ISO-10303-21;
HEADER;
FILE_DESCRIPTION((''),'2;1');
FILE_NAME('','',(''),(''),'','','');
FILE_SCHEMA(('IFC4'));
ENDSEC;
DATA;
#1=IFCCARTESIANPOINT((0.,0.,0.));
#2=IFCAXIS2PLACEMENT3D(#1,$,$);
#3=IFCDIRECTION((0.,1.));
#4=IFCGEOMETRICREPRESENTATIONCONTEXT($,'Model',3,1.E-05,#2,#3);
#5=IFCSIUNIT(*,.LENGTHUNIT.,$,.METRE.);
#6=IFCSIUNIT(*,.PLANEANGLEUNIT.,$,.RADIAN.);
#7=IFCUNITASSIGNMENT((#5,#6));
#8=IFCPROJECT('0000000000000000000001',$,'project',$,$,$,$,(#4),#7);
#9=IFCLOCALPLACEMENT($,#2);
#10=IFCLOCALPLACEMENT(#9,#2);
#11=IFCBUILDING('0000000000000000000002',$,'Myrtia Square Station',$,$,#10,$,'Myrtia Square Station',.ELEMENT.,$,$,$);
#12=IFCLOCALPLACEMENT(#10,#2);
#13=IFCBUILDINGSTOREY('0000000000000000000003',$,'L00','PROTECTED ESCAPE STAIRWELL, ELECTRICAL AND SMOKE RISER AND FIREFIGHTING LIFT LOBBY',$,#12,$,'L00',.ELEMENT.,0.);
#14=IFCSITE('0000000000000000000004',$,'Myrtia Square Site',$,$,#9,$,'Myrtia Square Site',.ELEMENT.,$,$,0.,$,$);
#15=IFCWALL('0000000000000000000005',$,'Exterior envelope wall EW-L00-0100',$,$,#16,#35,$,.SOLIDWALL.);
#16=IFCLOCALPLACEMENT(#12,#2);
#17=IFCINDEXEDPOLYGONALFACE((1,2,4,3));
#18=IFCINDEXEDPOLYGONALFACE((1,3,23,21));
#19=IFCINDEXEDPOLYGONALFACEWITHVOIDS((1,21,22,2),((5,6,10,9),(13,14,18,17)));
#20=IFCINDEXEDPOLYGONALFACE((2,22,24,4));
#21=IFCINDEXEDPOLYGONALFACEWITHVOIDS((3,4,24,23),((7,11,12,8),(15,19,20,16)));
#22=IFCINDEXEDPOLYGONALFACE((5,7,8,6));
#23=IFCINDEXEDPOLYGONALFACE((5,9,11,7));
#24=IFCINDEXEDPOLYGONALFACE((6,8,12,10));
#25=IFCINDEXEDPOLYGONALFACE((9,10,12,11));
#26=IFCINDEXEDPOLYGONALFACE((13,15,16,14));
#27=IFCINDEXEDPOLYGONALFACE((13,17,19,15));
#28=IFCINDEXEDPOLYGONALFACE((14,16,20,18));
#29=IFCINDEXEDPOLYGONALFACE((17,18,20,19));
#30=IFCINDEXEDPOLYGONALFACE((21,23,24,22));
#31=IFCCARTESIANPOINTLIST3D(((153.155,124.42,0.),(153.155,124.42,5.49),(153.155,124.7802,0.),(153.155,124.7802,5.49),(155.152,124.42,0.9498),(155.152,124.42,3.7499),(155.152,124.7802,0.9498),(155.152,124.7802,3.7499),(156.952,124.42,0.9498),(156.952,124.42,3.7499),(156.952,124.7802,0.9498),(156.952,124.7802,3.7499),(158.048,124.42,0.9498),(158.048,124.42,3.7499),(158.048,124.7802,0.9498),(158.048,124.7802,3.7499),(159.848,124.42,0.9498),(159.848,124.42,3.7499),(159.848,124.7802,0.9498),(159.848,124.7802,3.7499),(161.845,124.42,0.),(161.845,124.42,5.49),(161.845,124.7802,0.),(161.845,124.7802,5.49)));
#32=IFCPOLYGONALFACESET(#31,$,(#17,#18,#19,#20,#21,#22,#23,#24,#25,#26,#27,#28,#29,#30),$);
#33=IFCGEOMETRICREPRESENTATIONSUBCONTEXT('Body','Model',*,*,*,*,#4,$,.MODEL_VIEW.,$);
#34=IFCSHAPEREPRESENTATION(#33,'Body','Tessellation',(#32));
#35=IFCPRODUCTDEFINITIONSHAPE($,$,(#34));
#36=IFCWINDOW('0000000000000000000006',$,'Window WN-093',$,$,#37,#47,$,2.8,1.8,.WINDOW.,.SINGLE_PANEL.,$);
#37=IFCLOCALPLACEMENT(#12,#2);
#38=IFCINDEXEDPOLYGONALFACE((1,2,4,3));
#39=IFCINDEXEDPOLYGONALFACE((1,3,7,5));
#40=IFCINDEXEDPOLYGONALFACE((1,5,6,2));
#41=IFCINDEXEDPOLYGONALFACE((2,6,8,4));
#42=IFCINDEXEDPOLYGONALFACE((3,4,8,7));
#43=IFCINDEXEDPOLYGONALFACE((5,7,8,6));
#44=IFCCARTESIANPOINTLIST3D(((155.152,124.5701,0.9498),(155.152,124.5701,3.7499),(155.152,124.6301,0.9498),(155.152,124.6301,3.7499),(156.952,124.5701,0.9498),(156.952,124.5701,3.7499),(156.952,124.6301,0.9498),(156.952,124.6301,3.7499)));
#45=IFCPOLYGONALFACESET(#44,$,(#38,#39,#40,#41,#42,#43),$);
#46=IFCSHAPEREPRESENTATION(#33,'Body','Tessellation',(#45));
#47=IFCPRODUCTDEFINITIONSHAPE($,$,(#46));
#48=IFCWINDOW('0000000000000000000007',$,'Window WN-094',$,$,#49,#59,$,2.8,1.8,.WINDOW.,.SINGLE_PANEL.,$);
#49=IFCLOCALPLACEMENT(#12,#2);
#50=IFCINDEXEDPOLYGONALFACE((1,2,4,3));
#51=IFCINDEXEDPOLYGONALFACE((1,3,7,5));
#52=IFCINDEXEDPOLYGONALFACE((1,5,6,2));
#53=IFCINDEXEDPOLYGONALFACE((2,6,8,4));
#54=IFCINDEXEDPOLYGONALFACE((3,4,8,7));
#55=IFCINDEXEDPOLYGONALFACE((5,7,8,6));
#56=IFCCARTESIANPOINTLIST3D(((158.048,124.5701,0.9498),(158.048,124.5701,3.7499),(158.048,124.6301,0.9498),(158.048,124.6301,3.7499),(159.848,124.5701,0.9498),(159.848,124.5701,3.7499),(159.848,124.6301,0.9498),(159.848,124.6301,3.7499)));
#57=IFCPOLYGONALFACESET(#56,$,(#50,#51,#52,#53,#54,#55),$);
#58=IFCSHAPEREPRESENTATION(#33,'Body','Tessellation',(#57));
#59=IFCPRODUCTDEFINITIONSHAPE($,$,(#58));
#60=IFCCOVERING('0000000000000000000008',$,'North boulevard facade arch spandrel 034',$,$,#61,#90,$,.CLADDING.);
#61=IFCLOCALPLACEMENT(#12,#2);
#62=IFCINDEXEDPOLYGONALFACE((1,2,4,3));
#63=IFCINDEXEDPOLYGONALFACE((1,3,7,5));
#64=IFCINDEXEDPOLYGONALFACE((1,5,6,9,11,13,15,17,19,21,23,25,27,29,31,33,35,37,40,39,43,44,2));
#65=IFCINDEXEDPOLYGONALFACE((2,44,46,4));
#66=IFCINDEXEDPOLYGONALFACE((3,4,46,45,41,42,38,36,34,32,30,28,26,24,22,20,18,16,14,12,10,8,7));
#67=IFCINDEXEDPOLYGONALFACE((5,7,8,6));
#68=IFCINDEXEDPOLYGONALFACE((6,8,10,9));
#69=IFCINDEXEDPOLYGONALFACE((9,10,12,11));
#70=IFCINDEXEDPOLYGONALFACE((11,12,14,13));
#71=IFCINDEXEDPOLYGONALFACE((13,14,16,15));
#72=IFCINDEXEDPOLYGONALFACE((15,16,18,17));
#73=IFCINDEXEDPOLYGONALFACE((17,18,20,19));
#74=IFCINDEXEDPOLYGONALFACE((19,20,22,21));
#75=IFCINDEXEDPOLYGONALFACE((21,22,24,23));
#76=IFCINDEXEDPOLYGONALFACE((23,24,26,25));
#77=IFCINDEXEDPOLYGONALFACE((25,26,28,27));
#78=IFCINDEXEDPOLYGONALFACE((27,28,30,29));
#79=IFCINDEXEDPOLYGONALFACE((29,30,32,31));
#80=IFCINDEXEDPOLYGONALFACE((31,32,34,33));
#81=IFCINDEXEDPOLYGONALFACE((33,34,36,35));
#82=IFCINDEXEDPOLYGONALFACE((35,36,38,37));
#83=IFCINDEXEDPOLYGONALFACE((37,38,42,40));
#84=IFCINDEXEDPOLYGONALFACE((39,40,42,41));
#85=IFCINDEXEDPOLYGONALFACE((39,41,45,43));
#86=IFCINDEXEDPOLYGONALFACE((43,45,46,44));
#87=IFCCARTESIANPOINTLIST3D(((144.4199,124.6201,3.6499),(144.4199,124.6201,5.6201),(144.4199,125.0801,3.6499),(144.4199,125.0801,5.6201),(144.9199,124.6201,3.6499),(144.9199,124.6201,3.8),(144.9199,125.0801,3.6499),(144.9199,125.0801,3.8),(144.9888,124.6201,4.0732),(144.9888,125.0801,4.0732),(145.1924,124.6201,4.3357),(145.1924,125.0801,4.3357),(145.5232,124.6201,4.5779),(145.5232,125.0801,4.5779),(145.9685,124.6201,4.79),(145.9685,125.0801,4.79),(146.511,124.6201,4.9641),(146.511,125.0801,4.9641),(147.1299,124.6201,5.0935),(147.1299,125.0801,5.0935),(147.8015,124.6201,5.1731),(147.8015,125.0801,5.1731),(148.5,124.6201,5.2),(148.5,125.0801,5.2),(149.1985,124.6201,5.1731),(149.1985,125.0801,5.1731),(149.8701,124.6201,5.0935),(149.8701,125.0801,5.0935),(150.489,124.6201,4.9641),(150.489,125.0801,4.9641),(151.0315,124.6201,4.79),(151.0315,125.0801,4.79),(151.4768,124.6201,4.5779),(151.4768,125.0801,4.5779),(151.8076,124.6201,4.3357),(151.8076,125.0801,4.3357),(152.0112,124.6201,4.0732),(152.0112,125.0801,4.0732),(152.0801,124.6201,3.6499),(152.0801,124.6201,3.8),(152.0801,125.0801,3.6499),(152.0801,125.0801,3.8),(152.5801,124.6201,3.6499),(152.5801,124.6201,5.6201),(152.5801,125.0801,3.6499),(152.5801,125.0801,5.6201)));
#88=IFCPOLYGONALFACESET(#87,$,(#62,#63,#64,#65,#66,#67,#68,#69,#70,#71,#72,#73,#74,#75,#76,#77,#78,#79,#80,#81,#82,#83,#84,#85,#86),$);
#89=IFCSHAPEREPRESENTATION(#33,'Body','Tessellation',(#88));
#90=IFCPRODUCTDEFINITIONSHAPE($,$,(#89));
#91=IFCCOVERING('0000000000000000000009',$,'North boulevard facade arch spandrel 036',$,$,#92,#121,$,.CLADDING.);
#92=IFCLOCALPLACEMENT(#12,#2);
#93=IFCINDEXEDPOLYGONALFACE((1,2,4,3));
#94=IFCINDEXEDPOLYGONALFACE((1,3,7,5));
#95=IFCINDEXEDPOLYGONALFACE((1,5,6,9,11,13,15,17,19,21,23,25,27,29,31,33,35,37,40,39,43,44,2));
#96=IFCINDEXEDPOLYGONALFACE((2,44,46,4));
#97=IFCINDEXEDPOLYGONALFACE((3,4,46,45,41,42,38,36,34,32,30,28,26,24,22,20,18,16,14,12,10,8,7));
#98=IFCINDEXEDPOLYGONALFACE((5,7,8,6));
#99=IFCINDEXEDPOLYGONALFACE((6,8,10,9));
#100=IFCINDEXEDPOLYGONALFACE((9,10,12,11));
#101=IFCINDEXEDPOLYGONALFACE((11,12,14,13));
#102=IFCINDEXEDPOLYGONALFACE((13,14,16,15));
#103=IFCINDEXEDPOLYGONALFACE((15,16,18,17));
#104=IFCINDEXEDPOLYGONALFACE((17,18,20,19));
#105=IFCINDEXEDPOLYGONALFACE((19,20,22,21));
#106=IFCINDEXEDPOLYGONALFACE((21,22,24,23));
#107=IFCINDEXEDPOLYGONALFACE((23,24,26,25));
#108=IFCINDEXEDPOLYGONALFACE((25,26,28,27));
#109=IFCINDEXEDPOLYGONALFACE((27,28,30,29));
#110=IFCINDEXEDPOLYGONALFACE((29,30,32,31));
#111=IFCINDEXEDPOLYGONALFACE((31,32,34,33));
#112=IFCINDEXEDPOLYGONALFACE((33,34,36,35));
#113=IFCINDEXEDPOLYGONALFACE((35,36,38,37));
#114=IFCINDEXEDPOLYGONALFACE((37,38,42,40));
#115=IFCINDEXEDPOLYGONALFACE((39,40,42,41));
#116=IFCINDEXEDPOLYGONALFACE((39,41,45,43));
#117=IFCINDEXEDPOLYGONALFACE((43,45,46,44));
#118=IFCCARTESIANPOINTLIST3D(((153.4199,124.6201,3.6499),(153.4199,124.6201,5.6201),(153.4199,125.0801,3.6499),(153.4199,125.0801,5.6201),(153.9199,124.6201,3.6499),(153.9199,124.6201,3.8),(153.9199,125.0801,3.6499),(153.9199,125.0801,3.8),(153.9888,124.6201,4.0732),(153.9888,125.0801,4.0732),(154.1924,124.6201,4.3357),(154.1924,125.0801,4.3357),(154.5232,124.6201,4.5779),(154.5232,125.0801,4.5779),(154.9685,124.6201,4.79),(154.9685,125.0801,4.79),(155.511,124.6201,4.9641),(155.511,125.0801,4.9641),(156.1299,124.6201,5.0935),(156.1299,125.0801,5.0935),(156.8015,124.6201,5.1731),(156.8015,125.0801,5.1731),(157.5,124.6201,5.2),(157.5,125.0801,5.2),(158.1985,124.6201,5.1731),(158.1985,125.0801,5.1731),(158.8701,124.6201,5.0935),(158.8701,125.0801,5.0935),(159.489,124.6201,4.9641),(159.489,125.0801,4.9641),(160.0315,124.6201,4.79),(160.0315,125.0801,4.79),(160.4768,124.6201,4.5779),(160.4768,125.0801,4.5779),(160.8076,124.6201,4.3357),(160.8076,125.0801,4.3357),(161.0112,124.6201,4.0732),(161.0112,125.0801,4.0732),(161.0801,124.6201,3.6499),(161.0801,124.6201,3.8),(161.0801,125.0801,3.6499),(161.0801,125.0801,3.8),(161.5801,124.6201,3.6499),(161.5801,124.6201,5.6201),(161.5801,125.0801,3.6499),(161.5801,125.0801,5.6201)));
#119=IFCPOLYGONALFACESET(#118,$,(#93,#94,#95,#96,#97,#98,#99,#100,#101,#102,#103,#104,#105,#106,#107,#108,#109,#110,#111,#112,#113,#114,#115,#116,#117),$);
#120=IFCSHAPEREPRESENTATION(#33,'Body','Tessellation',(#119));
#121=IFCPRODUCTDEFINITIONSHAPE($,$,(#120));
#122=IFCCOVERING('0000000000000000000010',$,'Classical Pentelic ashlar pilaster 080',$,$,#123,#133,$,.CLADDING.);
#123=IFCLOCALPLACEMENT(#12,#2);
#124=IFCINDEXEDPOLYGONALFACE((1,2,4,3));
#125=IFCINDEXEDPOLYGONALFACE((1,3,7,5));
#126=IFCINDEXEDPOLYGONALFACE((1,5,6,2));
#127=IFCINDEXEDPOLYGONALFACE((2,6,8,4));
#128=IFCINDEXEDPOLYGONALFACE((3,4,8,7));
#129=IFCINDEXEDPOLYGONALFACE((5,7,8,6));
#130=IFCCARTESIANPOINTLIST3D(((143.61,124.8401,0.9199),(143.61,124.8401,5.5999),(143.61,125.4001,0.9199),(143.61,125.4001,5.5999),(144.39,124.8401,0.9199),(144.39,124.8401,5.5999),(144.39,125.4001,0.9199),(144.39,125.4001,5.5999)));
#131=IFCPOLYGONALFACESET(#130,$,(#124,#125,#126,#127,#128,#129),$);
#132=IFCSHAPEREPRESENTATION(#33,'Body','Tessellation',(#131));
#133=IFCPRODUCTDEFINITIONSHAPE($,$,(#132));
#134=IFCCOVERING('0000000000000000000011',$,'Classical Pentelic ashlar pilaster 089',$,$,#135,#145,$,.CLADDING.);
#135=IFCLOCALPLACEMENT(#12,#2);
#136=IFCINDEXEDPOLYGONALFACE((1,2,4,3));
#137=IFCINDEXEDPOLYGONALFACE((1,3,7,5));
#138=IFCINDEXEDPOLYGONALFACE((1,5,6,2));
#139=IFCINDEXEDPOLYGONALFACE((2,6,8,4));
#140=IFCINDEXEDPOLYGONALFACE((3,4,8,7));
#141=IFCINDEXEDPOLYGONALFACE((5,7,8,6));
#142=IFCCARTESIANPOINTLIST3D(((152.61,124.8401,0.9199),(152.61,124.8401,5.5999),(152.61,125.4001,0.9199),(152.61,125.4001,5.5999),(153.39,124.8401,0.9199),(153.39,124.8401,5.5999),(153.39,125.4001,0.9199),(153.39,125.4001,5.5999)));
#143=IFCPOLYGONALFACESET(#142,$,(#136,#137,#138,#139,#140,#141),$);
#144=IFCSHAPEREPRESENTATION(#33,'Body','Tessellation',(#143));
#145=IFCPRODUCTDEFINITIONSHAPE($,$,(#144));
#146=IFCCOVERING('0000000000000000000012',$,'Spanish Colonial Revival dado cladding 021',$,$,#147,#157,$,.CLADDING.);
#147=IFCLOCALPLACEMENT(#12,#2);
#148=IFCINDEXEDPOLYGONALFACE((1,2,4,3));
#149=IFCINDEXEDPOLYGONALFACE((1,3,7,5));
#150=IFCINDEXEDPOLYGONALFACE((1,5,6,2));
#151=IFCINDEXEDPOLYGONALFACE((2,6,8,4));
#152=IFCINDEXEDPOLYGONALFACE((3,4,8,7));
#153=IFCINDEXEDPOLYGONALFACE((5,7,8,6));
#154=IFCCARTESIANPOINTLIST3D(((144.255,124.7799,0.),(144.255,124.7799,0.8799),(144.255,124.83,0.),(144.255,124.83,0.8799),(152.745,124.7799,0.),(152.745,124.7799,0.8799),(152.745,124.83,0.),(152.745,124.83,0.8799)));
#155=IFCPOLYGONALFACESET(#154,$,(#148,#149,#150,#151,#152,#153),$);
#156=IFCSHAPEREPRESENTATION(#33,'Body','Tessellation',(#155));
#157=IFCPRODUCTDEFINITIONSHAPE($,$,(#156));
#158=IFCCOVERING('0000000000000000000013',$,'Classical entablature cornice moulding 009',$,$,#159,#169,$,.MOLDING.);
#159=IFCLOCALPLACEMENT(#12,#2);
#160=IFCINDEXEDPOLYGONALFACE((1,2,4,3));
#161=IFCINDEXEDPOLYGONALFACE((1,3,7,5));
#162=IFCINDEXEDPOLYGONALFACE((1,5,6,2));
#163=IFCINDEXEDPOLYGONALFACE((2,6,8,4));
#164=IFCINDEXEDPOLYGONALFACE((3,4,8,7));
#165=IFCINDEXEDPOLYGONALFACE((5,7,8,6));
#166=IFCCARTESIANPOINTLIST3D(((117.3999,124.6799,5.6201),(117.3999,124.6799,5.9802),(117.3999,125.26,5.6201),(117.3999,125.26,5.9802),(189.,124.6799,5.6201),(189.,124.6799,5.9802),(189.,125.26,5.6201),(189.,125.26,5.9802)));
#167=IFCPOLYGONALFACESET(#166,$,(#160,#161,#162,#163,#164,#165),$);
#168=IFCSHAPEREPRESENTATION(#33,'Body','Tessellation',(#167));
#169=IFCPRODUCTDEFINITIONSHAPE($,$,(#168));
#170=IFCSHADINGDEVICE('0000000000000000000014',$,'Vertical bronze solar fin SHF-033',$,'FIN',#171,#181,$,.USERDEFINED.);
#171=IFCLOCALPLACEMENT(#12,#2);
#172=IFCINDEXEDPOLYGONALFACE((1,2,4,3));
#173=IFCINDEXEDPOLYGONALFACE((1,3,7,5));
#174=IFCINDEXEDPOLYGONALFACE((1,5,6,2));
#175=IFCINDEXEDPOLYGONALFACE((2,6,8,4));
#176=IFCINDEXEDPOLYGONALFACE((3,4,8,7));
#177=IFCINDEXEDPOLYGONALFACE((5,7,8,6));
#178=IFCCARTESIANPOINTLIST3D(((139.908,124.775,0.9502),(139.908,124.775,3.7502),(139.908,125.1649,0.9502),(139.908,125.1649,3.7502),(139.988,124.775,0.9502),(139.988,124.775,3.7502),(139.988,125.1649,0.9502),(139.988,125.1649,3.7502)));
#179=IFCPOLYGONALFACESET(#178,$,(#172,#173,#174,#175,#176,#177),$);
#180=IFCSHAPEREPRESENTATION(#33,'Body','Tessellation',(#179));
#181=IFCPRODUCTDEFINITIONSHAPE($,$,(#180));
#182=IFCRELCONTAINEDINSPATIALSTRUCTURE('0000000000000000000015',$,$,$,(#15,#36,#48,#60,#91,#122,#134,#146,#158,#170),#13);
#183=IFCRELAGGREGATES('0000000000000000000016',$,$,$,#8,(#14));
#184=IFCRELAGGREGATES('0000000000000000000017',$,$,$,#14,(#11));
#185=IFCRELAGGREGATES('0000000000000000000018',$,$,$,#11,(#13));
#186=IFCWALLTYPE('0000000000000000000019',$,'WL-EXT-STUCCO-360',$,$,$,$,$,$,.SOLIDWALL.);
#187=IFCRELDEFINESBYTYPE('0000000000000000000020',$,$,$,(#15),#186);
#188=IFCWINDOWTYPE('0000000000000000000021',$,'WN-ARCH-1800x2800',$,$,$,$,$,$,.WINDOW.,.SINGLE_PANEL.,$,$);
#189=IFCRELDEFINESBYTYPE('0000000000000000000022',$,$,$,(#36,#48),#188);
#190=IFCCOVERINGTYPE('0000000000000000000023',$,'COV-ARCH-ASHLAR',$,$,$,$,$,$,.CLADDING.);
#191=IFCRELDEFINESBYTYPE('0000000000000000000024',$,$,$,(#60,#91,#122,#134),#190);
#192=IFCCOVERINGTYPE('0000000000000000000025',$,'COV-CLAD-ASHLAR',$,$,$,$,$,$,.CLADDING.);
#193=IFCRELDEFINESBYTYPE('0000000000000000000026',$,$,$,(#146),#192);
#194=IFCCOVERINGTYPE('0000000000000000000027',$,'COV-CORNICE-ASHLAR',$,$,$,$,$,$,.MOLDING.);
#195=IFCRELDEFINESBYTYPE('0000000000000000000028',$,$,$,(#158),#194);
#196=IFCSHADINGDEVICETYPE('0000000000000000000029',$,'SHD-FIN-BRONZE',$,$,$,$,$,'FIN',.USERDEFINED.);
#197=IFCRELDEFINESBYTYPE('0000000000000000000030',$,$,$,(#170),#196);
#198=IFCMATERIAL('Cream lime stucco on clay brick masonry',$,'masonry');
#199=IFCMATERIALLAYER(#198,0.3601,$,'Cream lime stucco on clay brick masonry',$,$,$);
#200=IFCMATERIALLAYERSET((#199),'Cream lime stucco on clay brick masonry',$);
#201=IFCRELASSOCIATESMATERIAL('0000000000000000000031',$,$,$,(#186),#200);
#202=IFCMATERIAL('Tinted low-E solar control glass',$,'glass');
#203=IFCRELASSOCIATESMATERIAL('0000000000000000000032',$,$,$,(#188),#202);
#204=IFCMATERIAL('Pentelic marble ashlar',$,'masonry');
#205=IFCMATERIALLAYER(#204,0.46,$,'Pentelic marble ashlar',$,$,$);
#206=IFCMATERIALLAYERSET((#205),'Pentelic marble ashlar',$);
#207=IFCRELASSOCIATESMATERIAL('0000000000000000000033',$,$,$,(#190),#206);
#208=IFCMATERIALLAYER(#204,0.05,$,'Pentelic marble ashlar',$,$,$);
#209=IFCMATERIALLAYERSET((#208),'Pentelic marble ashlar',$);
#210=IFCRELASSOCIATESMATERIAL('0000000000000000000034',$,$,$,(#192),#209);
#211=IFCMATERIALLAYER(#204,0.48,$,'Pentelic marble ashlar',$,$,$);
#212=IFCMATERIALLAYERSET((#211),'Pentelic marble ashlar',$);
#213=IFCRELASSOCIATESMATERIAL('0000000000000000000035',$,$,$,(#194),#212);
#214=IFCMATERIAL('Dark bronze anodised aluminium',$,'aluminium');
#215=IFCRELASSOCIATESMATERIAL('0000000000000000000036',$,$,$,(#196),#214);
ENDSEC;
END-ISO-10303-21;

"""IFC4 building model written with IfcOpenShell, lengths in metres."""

from ifc_helpers import new_model, si_unit, direction, frame, frame_2d, origin, origin_2d, place, context, subcontext, project, spatial, polyline, rectangle, outline, extrude, material, layer, layer_set, type_object, element, fill, save


model = new_model("IFC4")

# Units and contexts
model_context = context("Model", 3, precision=1e-05, world=origin(), true_north=direction((0.0, 1.0)))
body_context = subcontext(model_context, "Body", "Model", "MODEL_VIEW")
ifc_project = project(units=[si_unit("LENGTHUNIT", "METRE"), si_unit("PLANEANGLEUNIT", "RADIAN")], contexts=[model_context])

# Site, building, storey
site_placement = place(None, origin())
site = spatial("IfcSite", under=ifc_project, at=site_placement, Name="Myrtia Square Site", LongName="Myrtia Square Site", CompositionType="ELEMENT", RefElevation=0.0)
building_placement = place(site_placement, origin())
building = spatial("IfcBuilding", under=site, at=building_placement, Name="Myrtia Square Station", LongName="Myrtia Square Station", CompositionType="ELEMENT")
storey_placement = place(building_placement, origin())
storey = spatial("IfcBuildingStorey", under=building, at=storey_placement, Name="L00", Description="PROTECTED ESCAPE STAIRWELL, ELECTRICAL AND SMOKE RISER AND FIREFIGHTING LIFT LOBBY", LongName="L00", CompositionType="ELEMENT", Elevation=0.0)

# Wall, openings, windows
ifc_material_1 = material(Name="Cream lime stucco on clay brick masonry", Category="masonry")
ifc_layer_1 = layer(ifc_material_1, 0.3601, Name="Cream lime stucco on clay brick masonry")
ifc_layer_set_1 = layer_set([ifc_layer_1], Name="Cream lime stucco on clay brick masonry")
wall_type = type_object("IfcWallType", Name="WL-EXT-STUCCO-360", PredefinedType="SOLIDWALL", material=ifc_layer_set_1)
ifc_material_2 = material(Name="Tinted low-E solar control glass", Category="glass")
window_type = type_object("IfcWindowType", Name="WN-ARCH-1800x2800", PartitioningType="SINGLE_PANEL", PredefinedType="WINDOW", material=ifc_material_2)
wall_1_placement = place(storey_placement, frame((153.155, 124.6001, 0.0), z_axis=(0.0, 0.0, 1.0), x_axis=(1.0, 0.0, 0.0)))
wall_1 = element("IfcWall", 1, at=wall_1_placement, inside=storey, type_object=wall_type, Name="Exterior envelope wall EW-L00-0100", PredefinedType="SOLIDWALL", context=body_context, shape_type="SweptSolid", body=[
    extrude(rectangle(XDim=8.6899, YDim=0.3601, at=frame_2d((4.345, 0.0))), origin(), (0.0, 0.0, 1.0), 5.49),
])
opening_1_placement = place(wall_1_placement, frame((1.9971, 0.0, 0.95)))
opening_1 = element("IfcOpeningElement", 2, at=opening_1_placement, cuts=wall_1, PredefinedType="OPENING", context=body_context, shape_type="SweptSolid", body=[
    extrude(rectangle(XDim=1.8, YDim=2.8, at=frame_2d((0.8999, 1.3999))), frame((0.0, 0.1951, 0.0), z_axis=(0.0, -1.0, 0.0), x_axis=(1.0, 0.0, 0.0)), (0.0, 0.0, 1.0), 0.3901),
])
opening_2_placement = place(wall_1_placement, frame((4.8931, 0.0, 0.95)))
opening_2 = element("IfcOpeningElement", 3, at=opening_2_placement, cuts=wall_1, PredefinedType="OPENING", context=body_context, shape_type="SweptSolid", body=[
    extrude(rectangle(XDim=1.8, YDim=2.8, at=frame_2d((0.8999, 1.3999))), frame((0.0, 0.1951, 0.0), z_axis=(0.0, -1.0, 0.0), x_axis=(1.0, 0.0, 0.0)), (0.0, 0.0, 1.0), 0.3901),
])
window_1_placement = place(opening_1_placement, origin())
window_1 = element("IfcWindow", 4, at=window_1_placement, inside=storey, type_object=window_type, Name="Window WN-093", OverallHeight=2.8, OverallWidth=1.8, PartitioningType="SINGLE_PANEL", PredefinedType="WINDOW", context=body_context, shape_type="SweptSolid", body=[
    extrude(rectangle(XDim=1.8, YDim=2.8, at=frame_2d((0.8999, 1.3999))), frame((0.0, 0.03, 0.0), z_axis=(0.0, -1.0, 0.0), x_axis=(1.0, 0.0, 0.0)), (0.0, 0.0, 1.0), 0.0601),
])
fill(opening_1, window_1)
window_2_placement = place(opening_2_placement, origin())
window_2 = element("IfcWindow", 5, at=window_2_placement, inside=storey, type_object=window_type, Name="Window WN-094", OverallHeight=2.8, OverallWidth=1.8, PartitioningType="SINGLE_PANEL", PredefinedType="WINDOW", context=body_context, shape_type="SweptSolid", body=[
    extrude(rectangle(XDim=1.8, YDim=2.8, at=frame_2d((0.8999, 1.3999))), frame((0.0, 0.03, 0.0), z_axis=(0.0, -1.0, 0.0), x_axis=(1.0, 0.0, 0.0)), (0.0, 0.0, 1.0), 0.0601),
])
fill(opening_2, window_2)

# Coverings
ifc_material_3 = material(Name="Pentelic marble ashlar", Category="masonry")
ifc_layer_2 = layer(ifc_material_3, 0.46, Name="Pentelic marble ashlar")
ifc_layer_set_2 = layer_set([ifc_layer_2], Name="Pentelic marble ashlar")
covering_type_1 = type_object("IfcCoveringType", Name="COV-ARCH-ASHLAR", PredefinedType="CLADDING", material=ifc_layer_set_2)
for number, where, z_axis, x_axis, name in (
    (6, (144.4199, 124.8501, 3.6499), (0.0, 0.0, 1.0), (1.0, 0.0, 0.0), "North boulevard facade arch spandrel 034"),
    (7, (153.4199, 124.8501, 3.6499), (0.0, 0.0, 1.0), (1.0, 0.0, 0.0), "North boulevard facade arch spandrel 036"),
):
    element("IfcCovering", number, at=place(storey_placement, frame(where, z_axis=z_axis, x_axis=x_axis)), inside=storey, type_object=covering_type_1, Name=name, PredefinedType="CLADDING", context=body_context, shape_type="SweptSolid", body=[
        extrude(outline(polyline([(0.0, 0.0), (0.5, 0.0), (0.5, 0.1501), (0.5688, 0.4233), (0.7725, 0.6858), (1.1033, 0.928), (1.5486, 1.1401), (2.0911, 1.3142), (2.71, 1.4436), (3.3816, 1.5232), (4.0801, 1.55), (4.7786, 1.5232), (5.4502, 1.4436), (6.0691, 1.3142), (6.6116, 1.1401), (7.0569, 0.928), (7.3877, 0.6858), (7.5913, 0.4233), (7.6602, 0.1501), (7.6602, 0.0), (8.1602, 0.0), (8.1602, 1.9702), (0.0, 1.9702), (0.0, 0.0)])), frame((0.0, 0.23, 0.0), z_axis=(0.0, -1.0, 0.0), x_axis=(1.0, 0.0, 0.0)), (0.0, 0.0, 1.0), 0.46),
    ])
for number, where, z_axis, x_axis, name in (
    (8, (144.0, 125.1201, 0.9199), (0.0, 0.0, 1.0), (1.0, 0.0, 0.0), "Classical Pentelic ashlar pilaster 080"),
    (9, (153.0, 125.1201, 0.9199), (0.0, 0.0, 1.0), (1.0, 0.0, 0.0), "Classical Pentelic ashlar pilaster 089"),
):
    element("IfcCovering", number, at=place(storey_placement, frame(where, z_axis=z_axis, x_axis=x_axis)), inside=storey, type_object=covering_type_1, Name=name, PredefinedType="CLADDING", context=body_context, shape_type="SweptSolid", body=[
        extrude(rectangle(XDim=0.78, YDim=0.5601, at=origin_2d()), origin(), (0.0, 0.0, 1.0), 4.6799),
    ])
ifc_layer_3 = layer(ifc_material_3, 0.05, Name="Pentelic marble ashlar")
ifc_layer_set_3 = layer_set([ifc_layer_3], Name="Pentelic marble ashlar")
covering_type_2 = type_object("IfcCoveringType", Name="COV-CLAD-ASHLAR", PredefinedType="CLADDING", material=ifc_layer_set_3)
covering_1_placement = place(storey_placement, frame((148.5, 124.8049, 0.0), z_axis=(0.0, 0.0, 1.0), x_axis=(1.0, 0.0, 0.0)))
element("IfcCovering", 10, at=covering_1_placement, inside=storey, type_object=covering_type_2, Name="Spanish Colonial Revival dado cladding 021", PredefinedType="CLADDING", context=body_context, shape_type="SweptSolid", body=[
    extrude(rectangle(XDim=8.49, YDim=0.05, at=origin_2d()), origin(), (0.0, 0.0, 1.0), 0.8799),
])
ifc_layer_4 = layer(ifc_material_3, 0.48, Name="Pentelic marble ashlar")
ifc_layer_set_4 = layer_set([ifc_layer_4], Name="Pentelic marble ashlar")
covering_type_3 = type_object("IfcCoveringType", Name="COV-CORNICE-ASHLAR", PredefinedType="MOLDING", material=ifc_layer_set_4)
covering_2_placement = place(storey_placement, frame((153.2, 124.97, 5.6201), z_axis=(0.0, 0.0, 1.0), x_axis=(1.0, 0.0, 0.0)))
element("IfcCovering", 11, at=covering_2_placement, inside=storey, type_object=covering_type_3, Name="Classical entablature cornice moulding 009", PredefinedType="MOLDING", context=body_context, shape_type="SweptSolid", body=[
    extrude(rectangle(XDim=71.6001, YDim=0.5801, at=origin_2d()), origin(), (0.0, 0.0, 1.0), 0.3601),
])

# Shading device
ifc_material_4 = material(Name="Dark bronze anodised aluminium", Category="aluminium")
shading_device_type_1 = type_object("IfcShadingDeviceType", Name="SHD-FIN-BRONZE", ElementType="FIN", PredefinedType="USERDEFINED", material=ifc_material_4)
for number, where, z_axis, x_axis, name in (
    (12, (139.948, 124.97, 0.9502), (0.0, 0.0, 1.0), (1.0, 0.0, 0.0), "Vertical bronze solar fin SHF-033"),
):
    element("IfcShadingDevice", number, at=place(storey_placement, frame(where, z_axis=z_axis, x_axis=x_axis)), inside=storey, type_object=shading_device_type_1, Name=name, ObjectType="FIN", PredefinedType="USERDEFINED", context=body_context, shape_type="SweptSolid", body=[
        extrude(rectangle(XDim=0.0801, YDim=0.3899, at=origin_2d()), origin(), (0.0, 0.0, 1.0), 2.8),
    ])

save(model, "model.ifc")
